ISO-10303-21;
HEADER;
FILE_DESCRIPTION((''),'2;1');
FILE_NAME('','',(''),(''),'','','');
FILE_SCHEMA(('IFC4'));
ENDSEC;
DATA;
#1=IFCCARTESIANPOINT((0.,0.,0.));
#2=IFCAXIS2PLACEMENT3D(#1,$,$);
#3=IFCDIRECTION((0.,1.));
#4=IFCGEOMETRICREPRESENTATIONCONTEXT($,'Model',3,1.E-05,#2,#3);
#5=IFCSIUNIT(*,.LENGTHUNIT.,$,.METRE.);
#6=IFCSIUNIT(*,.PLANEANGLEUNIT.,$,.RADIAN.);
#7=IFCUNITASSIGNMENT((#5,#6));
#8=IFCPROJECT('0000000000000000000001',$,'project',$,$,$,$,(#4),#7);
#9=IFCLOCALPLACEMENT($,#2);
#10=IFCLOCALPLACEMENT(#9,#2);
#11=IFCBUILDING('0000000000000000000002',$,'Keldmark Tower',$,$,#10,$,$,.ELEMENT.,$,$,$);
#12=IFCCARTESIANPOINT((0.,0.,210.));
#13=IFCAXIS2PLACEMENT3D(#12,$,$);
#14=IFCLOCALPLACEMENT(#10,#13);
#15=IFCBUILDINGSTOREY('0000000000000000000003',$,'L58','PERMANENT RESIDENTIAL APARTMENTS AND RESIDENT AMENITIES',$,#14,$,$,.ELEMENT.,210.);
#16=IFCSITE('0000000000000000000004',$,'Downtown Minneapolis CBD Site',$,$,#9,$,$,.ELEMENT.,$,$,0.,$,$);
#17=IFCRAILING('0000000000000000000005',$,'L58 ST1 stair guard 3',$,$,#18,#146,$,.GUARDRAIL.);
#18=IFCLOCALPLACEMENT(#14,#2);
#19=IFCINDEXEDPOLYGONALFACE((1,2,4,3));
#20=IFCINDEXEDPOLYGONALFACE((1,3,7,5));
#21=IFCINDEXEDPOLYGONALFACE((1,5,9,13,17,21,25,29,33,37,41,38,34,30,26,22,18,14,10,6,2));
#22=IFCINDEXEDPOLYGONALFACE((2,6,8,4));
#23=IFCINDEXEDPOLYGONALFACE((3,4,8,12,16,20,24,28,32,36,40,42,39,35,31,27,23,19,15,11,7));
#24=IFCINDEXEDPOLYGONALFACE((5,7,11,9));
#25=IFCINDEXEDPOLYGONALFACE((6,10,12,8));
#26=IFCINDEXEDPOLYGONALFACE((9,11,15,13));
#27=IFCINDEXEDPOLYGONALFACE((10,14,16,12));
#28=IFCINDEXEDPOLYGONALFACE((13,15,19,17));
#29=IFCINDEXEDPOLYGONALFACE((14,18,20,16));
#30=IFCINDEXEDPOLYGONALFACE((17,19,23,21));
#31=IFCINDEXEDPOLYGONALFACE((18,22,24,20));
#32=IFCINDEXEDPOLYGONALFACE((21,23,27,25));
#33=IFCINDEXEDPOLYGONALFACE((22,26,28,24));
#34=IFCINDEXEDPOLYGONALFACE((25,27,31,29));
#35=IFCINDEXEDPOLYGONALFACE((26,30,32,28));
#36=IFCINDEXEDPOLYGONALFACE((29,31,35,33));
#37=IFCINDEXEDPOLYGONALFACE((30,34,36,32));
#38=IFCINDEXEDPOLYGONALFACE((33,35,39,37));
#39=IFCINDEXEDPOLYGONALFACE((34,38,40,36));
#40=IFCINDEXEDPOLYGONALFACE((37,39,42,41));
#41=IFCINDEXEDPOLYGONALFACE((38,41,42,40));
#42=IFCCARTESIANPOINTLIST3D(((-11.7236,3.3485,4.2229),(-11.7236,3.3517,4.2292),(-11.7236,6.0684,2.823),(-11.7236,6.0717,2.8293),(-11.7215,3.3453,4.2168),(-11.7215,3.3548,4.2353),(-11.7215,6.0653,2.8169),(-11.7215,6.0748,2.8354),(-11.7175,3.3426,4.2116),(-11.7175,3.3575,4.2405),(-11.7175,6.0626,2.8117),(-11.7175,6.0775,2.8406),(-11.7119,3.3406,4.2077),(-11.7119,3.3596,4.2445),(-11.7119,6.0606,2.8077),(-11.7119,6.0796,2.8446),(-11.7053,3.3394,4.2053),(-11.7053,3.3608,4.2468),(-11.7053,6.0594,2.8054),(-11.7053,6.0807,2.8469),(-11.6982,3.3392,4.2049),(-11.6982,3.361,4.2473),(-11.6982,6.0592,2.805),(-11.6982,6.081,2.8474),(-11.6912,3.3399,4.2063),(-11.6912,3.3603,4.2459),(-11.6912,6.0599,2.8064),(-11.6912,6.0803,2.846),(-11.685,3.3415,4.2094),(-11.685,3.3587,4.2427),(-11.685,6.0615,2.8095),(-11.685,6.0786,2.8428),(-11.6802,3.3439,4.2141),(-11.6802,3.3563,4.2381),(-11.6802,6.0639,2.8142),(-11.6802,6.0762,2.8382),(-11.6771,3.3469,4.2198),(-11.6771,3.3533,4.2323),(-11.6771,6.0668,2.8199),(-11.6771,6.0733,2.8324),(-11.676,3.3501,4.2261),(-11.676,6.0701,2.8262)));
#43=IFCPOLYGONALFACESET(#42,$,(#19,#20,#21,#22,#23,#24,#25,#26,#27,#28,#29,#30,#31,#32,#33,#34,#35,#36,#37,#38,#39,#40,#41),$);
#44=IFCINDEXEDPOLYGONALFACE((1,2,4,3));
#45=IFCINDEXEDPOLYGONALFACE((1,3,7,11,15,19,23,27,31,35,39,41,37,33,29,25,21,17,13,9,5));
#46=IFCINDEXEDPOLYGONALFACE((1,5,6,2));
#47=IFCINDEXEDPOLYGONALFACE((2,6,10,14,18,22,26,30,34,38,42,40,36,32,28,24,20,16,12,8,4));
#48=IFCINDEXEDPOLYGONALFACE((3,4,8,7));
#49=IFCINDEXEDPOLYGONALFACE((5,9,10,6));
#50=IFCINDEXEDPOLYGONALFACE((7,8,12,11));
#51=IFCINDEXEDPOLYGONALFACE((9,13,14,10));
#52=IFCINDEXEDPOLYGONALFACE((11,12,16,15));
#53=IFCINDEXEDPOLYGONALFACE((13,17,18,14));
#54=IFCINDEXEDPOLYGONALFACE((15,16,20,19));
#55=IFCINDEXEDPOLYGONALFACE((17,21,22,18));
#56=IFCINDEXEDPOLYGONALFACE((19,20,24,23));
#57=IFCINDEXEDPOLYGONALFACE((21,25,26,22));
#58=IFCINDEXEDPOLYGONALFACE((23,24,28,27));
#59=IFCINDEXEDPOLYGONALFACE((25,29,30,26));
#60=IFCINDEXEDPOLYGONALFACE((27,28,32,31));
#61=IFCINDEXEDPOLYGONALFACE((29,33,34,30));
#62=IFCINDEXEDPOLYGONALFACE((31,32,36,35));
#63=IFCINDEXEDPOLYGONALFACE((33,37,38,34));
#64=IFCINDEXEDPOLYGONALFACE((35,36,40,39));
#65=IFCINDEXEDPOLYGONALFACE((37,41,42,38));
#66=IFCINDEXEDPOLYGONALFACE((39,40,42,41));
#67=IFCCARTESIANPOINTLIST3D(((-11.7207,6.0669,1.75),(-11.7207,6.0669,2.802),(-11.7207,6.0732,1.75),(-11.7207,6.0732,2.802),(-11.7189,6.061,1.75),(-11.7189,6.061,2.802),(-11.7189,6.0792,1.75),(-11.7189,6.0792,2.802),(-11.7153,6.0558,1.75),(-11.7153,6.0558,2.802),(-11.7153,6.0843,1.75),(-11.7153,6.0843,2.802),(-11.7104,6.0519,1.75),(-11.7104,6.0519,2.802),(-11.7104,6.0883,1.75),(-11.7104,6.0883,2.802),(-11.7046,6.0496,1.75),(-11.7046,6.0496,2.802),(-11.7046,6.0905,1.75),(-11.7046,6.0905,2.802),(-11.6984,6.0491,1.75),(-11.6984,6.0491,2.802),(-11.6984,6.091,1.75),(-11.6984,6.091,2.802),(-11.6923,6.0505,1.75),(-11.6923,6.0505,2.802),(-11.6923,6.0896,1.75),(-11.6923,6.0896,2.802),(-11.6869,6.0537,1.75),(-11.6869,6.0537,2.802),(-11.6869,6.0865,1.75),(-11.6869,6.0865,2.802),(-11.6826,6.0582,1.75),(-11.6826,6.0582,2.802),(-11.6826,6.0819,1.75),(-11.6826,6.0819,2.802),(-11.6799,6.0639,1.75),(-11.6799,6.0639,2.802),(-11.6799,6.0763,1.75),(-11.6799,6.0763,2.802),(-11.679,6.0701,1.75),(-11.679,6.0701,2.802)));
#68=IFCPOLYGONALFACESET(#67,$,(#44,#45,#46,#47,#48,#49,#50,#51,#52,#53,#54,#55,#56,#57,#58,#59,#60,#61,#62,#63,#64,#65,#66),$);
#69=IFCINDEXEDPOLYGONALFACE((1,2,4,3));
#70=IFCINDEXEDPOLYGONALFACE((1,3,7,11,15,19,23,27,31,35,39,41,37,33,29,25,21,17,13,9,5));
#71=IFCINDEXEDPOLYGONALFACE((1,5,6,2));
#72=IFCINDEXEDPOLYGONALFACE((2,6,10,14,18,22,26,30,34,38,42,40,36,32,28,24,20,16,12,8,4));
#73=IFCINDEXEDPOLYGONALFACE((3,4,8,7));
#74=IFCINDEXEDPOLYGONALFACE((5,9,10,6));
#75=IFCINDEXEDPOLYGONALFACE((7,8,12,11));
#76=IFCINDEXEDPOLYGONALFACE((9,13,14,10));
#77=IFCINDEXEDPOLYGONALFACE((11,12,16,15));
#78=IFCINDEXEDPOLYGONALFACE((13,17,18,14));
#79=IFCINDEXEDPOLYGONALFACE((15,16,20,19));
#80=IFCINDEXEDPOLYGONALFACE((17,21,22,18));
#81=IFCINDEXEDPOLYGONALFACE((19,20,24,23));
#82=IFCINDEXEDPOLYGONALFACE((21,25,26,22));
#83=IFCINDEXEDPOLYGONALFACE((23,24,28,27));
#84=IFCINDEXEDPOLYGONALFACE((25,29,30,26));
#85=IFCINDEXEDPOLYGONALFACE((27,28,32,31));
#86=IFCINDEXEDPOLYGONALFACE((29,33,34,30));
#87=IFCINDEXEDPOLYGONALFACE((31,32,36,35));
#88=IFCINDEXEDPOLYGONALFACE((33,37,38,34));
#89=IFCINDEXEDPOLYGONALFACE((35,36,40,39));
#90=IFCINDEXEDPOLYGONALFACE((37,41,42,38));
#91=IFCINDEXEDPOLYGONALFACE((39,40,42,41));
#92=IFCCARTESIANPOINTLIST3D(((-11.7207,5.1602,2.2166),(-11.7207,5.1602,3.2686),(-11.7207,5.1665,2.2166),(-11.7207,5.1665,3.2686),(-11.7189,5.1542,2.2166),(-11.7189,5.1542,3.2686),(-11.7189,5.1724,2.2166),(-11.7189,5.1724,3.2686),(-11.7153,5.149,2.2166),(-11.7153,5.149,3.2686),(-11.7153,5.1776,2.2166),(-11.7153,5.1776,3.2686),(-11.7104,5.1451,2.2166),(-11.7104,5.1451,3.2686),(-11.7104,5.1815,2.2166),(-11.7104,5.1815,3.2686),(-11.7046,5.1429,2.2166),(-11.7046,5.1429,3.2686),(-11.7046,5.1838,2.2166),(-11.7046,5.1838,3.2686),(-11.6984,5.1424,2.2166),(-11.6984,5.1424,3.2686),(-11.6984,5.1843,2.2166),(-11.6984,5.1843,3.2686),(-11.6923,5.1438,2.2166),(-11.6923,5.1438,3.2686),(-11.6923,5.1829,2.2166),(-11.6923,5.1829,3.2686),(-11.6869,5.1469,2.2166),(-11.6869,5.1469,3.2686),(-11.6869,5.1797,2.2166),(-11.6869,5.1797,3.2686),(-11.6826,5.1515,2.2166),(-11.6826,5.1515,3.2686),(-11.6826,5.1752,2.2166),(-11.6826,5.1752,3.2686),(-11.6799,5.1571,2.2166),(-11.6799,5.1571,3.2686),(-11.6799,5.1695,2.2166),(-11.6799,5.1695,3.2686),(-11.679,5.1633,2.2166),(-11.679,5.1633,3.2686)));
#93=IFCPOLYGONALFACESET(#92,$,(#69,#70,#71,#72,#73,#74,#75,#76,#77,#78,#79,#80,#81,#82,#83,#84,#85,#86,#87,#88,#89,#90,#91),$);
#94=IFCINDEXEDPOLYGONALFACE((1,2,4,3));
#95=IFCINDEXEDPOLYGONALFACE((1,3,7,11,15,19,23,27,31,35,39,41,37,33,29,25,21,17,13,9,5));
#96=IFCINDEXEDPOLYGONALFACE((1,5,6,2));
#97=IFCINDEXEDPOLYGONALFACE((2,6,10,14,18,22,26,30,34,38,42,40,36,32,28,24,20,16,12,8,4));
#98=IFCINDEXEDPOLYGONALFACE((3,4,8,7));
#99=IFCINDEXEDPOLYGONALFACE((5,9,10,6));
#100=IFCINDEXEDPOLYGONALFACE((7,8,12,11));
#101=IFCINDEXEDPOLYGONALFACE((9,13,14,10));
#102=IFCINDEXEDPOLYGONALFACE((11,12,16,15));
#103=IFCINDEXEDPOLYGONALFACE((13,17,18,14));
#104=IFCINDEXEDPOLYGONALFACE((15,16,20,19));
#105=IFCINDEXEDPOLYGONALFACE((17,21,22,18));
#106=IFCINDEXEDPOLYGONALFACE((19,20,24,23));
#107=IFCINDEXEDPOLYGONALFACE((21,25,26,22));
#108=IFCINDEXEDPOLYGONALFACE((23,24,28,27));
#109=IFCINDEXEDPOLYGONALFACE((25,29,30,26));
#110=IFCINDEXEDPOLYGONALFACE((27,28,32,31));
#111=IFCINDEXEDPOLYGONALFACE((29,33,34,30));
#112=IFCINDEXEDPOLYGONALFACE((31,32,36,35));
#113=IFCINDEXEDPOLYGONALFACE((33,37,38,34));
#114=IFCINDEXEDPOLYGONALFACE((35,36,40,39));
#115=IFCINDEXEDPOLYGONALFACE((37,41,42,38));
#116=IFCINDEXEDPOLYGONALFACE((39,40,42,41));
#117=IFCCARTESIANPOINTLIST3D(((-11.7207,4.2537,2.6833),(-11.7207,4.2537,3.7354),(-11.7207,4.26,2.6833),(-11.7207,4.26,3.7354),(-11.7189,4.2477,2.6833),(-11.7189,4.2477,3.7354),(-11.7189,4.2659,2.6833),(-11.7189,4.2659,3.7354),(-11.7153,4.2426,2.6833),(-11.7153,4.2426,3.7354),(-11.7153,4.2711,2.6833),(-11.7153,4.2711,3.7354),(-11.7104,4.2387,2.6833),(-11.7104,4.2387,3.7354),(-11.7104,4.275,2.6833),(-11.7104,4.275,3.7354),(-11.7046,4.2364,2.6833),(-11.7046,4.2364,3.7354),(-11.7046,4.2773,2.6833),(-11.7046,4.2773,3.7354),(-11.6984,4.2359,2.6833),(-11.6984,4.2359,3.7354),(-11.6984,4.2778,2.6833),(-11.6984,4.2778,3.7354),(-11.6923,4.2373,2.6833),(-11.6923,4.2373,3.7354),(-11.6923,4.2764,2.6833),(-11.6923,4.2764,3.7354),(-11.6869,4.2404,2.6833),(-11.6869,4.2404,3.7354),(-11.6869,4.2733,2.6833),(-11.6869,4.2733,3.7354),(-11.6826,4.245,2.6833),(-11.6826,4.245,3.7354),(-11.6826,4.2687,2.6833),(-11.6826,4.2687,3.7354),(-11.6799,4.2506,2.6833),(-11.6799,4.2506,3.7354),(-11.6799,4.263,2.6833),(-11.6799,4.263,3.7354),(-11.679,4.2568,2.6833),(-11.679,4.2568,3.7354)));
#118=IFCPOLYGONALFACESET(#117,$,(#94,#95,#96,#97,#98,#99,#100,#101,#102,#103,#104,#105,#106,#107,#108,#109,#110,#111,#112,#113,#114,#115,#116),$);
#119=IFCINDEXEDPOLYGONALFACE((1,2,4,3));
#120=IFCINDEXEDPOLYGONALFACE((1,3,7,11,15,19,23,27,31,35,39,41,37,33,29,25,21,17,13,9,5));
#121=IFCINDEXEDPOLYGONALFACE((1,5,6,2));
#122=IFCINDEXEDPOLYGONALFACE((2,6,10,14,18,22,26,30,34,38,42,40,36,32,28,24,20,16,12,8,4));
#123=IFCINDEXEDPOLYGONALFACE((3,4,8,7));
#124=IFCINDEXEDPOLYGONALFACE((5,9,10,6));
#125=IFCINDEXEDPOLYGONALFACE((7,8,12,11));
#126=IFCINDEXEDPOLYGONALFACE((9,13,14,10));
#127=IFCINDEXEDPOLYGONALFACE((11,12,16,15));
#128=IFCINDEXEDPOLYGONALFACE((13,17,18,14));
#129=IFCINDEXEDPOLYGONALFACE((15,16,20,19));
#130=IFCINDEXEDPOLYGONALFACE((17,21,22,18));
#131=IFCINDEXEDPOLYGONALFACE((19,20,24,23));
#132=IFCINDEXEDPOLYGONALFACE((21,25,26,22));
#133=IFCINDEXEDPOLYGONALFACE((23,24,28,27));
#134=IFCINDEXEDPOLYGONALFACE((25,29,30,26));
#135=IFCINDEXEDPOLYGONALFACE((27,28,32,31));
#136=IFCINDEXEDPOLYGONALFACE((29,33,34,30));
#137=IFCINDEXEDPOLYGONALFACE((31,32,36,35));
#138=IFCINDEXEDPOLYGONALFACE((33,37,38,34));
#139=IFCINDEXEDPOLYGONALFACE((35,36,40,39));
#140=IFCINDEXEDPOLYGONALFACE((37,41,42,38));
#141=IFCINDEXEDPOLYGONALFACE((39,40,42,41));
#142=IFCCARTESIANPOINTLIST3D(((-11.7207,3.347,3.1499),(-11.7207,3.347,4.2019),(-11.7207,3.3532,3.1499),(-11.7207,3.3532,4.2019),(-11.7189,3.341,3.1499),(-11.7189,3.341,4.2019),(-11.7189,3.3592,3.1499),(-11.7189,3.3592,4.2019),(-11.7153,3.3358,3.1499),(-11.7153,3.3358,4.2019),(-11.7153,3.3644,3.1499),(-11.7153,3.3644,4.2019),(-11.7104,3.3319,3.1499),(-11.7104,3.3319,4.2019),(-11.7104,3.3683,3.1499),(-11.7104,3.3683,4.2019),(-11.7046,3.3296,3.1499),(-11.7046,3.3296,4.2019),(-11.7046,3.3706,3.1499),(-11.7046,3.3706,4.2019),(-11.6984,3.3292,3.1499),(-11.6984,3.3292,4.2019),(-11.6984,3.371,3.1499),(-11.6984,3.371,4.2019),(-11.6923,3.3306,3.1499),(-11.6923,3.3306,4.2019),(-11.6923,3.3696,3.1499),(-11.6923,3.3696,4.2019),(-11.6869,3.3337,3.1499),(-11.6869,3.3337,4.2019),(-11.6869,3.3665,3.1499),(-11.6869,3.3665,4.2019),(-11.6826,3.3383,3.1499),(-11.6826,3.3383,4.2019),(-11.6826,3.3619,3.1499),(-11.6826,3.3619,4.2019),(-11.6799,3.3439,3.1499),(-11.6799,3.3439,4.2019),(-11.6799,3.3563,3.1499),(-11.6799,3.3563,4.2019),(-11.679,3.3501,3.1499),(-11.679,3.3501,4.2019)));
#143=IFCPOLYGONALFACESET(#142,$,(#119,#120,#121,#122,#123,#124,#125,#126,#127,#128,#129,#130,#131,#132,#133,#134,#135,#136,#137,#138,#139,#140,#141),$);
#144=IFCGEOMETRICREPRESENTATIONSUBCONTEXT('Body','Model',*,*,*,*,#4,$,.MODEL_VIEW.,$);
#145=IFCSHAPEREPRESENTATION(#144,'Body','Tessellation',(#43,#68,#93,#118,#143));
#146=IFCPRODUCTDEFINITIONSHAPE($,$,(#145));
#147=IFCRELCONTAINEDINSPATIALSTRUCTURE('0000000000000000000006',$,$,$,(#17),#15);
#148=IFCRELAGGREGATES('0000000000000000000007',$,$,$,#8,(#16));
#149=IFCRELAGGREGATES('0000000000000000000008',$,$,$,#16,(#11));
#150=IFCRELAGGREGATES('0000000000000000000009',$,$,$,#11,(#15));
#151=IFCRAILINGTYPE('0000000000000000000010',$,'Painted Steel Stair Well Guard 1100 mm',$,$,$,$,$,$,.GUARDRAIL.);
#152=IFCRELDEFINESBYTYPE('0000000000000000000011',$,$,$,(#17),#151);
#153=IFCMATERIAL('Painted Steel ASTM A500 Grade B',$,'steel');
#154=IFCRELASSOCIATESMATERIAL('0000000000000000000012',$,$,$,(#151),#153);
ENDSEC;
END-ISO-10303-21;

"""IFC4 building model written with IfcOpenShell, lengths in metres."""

from ifc_helpers import new_model, si_unit, direction, frame, origin, origin_2d, place, context, subcontext, project, spatial, circle, extrude, material, type_object, element, save


model = new_model("IFC4")

# Units and contexts
model_context = context("Model", 3, precision=1e-05, world=origin(), true_north=direction((0.0, 1.0)))
body_context = subcontext(model_context, "Body", "Model", "MODEL_VIEW")
ifc_project = project(units=[si_unit("LENGTHUNIT", "METRE"), si_unit("PLANEANGLEUNIT", "RADIAN")], contexts=[model_context])

# Site, building, storey
site_placement = place(None, origin())
site = spatial("IfcSite", under=ifc_project, at=site_placement, Name="Downtown Minneapolis CBD Site", CompositionType="ELEMENT", RefElevation=0.0)
building_placement = place(site_placement, origin())
building = spatial("IfcBuilding", under=site, at=building_placement, Name="Keldmark Tower", CompositionType="ELEMENT")
storey_placement = place(building_placement, frame((0.0, 0.0, 210.0)))
storey = spatial("IfcBuildingStorey", under=building, at=storey_placement, Name="L58", Description="PERMANENT RESIDENTIAL APARTMENTS AND RESIDENT AMENITIES", CompositionType="ELEMENT", Elevation=210.0)

# Railing
ifc_material_1 = material(Name="Painted Steel ASTM A500 Grade B", Category="steel")
railing_type_1 = type_object("IfcRailingType", Name="Painted Steel Stair Well Guard 1100 mm", PredefinedType="GUARDRAIL", material=ifc_material_1)
railing_1_placement = place(storey_placement, frame((-11.7, 6.0701, 1.75)))
element("IfcRailing", 1, at=railing_1_placement, inside=storey, type_object=railing_type_1, Name="L58 ST1 stair guard 3", PredefinedType="GUARDRAIL", context=body_context, shape_type="SweptSolid", body=[
    extrude(circle(Radius=0.0239, at=origin_2d()), frame((0.0, 0.0, 1.0762), z_axis=(0.0, -0.889147, 0.457622), x_axis=(1.0, 0.0, 0.0)), (0.0, 0.0, 1.0), 3.0591),
    extrude(circle(Radius=0.021, at=origin_2d()), origin(), (0.0, 0.0, 1.0), 1.052),
    extrude(circle(Radius=0.021, at=origin_2d()), frame((0.0, -0.9067, 0.4666)), (0.0, 0.0, 1.0), 1.052),
    extrude(circle(Radius=0.021, at=origin_2d()), frame((0.0, -1.8132, 0.9333)), (0.0, 0.0, 1.0), 1.052),
    extrude(circle(Radius=0.021, at=origin_2d()), frame((0.0, -2.72, 1.3999)), (0.0, 0.0, 1.0), 1.052),
])

save(model, "model.ifc")
